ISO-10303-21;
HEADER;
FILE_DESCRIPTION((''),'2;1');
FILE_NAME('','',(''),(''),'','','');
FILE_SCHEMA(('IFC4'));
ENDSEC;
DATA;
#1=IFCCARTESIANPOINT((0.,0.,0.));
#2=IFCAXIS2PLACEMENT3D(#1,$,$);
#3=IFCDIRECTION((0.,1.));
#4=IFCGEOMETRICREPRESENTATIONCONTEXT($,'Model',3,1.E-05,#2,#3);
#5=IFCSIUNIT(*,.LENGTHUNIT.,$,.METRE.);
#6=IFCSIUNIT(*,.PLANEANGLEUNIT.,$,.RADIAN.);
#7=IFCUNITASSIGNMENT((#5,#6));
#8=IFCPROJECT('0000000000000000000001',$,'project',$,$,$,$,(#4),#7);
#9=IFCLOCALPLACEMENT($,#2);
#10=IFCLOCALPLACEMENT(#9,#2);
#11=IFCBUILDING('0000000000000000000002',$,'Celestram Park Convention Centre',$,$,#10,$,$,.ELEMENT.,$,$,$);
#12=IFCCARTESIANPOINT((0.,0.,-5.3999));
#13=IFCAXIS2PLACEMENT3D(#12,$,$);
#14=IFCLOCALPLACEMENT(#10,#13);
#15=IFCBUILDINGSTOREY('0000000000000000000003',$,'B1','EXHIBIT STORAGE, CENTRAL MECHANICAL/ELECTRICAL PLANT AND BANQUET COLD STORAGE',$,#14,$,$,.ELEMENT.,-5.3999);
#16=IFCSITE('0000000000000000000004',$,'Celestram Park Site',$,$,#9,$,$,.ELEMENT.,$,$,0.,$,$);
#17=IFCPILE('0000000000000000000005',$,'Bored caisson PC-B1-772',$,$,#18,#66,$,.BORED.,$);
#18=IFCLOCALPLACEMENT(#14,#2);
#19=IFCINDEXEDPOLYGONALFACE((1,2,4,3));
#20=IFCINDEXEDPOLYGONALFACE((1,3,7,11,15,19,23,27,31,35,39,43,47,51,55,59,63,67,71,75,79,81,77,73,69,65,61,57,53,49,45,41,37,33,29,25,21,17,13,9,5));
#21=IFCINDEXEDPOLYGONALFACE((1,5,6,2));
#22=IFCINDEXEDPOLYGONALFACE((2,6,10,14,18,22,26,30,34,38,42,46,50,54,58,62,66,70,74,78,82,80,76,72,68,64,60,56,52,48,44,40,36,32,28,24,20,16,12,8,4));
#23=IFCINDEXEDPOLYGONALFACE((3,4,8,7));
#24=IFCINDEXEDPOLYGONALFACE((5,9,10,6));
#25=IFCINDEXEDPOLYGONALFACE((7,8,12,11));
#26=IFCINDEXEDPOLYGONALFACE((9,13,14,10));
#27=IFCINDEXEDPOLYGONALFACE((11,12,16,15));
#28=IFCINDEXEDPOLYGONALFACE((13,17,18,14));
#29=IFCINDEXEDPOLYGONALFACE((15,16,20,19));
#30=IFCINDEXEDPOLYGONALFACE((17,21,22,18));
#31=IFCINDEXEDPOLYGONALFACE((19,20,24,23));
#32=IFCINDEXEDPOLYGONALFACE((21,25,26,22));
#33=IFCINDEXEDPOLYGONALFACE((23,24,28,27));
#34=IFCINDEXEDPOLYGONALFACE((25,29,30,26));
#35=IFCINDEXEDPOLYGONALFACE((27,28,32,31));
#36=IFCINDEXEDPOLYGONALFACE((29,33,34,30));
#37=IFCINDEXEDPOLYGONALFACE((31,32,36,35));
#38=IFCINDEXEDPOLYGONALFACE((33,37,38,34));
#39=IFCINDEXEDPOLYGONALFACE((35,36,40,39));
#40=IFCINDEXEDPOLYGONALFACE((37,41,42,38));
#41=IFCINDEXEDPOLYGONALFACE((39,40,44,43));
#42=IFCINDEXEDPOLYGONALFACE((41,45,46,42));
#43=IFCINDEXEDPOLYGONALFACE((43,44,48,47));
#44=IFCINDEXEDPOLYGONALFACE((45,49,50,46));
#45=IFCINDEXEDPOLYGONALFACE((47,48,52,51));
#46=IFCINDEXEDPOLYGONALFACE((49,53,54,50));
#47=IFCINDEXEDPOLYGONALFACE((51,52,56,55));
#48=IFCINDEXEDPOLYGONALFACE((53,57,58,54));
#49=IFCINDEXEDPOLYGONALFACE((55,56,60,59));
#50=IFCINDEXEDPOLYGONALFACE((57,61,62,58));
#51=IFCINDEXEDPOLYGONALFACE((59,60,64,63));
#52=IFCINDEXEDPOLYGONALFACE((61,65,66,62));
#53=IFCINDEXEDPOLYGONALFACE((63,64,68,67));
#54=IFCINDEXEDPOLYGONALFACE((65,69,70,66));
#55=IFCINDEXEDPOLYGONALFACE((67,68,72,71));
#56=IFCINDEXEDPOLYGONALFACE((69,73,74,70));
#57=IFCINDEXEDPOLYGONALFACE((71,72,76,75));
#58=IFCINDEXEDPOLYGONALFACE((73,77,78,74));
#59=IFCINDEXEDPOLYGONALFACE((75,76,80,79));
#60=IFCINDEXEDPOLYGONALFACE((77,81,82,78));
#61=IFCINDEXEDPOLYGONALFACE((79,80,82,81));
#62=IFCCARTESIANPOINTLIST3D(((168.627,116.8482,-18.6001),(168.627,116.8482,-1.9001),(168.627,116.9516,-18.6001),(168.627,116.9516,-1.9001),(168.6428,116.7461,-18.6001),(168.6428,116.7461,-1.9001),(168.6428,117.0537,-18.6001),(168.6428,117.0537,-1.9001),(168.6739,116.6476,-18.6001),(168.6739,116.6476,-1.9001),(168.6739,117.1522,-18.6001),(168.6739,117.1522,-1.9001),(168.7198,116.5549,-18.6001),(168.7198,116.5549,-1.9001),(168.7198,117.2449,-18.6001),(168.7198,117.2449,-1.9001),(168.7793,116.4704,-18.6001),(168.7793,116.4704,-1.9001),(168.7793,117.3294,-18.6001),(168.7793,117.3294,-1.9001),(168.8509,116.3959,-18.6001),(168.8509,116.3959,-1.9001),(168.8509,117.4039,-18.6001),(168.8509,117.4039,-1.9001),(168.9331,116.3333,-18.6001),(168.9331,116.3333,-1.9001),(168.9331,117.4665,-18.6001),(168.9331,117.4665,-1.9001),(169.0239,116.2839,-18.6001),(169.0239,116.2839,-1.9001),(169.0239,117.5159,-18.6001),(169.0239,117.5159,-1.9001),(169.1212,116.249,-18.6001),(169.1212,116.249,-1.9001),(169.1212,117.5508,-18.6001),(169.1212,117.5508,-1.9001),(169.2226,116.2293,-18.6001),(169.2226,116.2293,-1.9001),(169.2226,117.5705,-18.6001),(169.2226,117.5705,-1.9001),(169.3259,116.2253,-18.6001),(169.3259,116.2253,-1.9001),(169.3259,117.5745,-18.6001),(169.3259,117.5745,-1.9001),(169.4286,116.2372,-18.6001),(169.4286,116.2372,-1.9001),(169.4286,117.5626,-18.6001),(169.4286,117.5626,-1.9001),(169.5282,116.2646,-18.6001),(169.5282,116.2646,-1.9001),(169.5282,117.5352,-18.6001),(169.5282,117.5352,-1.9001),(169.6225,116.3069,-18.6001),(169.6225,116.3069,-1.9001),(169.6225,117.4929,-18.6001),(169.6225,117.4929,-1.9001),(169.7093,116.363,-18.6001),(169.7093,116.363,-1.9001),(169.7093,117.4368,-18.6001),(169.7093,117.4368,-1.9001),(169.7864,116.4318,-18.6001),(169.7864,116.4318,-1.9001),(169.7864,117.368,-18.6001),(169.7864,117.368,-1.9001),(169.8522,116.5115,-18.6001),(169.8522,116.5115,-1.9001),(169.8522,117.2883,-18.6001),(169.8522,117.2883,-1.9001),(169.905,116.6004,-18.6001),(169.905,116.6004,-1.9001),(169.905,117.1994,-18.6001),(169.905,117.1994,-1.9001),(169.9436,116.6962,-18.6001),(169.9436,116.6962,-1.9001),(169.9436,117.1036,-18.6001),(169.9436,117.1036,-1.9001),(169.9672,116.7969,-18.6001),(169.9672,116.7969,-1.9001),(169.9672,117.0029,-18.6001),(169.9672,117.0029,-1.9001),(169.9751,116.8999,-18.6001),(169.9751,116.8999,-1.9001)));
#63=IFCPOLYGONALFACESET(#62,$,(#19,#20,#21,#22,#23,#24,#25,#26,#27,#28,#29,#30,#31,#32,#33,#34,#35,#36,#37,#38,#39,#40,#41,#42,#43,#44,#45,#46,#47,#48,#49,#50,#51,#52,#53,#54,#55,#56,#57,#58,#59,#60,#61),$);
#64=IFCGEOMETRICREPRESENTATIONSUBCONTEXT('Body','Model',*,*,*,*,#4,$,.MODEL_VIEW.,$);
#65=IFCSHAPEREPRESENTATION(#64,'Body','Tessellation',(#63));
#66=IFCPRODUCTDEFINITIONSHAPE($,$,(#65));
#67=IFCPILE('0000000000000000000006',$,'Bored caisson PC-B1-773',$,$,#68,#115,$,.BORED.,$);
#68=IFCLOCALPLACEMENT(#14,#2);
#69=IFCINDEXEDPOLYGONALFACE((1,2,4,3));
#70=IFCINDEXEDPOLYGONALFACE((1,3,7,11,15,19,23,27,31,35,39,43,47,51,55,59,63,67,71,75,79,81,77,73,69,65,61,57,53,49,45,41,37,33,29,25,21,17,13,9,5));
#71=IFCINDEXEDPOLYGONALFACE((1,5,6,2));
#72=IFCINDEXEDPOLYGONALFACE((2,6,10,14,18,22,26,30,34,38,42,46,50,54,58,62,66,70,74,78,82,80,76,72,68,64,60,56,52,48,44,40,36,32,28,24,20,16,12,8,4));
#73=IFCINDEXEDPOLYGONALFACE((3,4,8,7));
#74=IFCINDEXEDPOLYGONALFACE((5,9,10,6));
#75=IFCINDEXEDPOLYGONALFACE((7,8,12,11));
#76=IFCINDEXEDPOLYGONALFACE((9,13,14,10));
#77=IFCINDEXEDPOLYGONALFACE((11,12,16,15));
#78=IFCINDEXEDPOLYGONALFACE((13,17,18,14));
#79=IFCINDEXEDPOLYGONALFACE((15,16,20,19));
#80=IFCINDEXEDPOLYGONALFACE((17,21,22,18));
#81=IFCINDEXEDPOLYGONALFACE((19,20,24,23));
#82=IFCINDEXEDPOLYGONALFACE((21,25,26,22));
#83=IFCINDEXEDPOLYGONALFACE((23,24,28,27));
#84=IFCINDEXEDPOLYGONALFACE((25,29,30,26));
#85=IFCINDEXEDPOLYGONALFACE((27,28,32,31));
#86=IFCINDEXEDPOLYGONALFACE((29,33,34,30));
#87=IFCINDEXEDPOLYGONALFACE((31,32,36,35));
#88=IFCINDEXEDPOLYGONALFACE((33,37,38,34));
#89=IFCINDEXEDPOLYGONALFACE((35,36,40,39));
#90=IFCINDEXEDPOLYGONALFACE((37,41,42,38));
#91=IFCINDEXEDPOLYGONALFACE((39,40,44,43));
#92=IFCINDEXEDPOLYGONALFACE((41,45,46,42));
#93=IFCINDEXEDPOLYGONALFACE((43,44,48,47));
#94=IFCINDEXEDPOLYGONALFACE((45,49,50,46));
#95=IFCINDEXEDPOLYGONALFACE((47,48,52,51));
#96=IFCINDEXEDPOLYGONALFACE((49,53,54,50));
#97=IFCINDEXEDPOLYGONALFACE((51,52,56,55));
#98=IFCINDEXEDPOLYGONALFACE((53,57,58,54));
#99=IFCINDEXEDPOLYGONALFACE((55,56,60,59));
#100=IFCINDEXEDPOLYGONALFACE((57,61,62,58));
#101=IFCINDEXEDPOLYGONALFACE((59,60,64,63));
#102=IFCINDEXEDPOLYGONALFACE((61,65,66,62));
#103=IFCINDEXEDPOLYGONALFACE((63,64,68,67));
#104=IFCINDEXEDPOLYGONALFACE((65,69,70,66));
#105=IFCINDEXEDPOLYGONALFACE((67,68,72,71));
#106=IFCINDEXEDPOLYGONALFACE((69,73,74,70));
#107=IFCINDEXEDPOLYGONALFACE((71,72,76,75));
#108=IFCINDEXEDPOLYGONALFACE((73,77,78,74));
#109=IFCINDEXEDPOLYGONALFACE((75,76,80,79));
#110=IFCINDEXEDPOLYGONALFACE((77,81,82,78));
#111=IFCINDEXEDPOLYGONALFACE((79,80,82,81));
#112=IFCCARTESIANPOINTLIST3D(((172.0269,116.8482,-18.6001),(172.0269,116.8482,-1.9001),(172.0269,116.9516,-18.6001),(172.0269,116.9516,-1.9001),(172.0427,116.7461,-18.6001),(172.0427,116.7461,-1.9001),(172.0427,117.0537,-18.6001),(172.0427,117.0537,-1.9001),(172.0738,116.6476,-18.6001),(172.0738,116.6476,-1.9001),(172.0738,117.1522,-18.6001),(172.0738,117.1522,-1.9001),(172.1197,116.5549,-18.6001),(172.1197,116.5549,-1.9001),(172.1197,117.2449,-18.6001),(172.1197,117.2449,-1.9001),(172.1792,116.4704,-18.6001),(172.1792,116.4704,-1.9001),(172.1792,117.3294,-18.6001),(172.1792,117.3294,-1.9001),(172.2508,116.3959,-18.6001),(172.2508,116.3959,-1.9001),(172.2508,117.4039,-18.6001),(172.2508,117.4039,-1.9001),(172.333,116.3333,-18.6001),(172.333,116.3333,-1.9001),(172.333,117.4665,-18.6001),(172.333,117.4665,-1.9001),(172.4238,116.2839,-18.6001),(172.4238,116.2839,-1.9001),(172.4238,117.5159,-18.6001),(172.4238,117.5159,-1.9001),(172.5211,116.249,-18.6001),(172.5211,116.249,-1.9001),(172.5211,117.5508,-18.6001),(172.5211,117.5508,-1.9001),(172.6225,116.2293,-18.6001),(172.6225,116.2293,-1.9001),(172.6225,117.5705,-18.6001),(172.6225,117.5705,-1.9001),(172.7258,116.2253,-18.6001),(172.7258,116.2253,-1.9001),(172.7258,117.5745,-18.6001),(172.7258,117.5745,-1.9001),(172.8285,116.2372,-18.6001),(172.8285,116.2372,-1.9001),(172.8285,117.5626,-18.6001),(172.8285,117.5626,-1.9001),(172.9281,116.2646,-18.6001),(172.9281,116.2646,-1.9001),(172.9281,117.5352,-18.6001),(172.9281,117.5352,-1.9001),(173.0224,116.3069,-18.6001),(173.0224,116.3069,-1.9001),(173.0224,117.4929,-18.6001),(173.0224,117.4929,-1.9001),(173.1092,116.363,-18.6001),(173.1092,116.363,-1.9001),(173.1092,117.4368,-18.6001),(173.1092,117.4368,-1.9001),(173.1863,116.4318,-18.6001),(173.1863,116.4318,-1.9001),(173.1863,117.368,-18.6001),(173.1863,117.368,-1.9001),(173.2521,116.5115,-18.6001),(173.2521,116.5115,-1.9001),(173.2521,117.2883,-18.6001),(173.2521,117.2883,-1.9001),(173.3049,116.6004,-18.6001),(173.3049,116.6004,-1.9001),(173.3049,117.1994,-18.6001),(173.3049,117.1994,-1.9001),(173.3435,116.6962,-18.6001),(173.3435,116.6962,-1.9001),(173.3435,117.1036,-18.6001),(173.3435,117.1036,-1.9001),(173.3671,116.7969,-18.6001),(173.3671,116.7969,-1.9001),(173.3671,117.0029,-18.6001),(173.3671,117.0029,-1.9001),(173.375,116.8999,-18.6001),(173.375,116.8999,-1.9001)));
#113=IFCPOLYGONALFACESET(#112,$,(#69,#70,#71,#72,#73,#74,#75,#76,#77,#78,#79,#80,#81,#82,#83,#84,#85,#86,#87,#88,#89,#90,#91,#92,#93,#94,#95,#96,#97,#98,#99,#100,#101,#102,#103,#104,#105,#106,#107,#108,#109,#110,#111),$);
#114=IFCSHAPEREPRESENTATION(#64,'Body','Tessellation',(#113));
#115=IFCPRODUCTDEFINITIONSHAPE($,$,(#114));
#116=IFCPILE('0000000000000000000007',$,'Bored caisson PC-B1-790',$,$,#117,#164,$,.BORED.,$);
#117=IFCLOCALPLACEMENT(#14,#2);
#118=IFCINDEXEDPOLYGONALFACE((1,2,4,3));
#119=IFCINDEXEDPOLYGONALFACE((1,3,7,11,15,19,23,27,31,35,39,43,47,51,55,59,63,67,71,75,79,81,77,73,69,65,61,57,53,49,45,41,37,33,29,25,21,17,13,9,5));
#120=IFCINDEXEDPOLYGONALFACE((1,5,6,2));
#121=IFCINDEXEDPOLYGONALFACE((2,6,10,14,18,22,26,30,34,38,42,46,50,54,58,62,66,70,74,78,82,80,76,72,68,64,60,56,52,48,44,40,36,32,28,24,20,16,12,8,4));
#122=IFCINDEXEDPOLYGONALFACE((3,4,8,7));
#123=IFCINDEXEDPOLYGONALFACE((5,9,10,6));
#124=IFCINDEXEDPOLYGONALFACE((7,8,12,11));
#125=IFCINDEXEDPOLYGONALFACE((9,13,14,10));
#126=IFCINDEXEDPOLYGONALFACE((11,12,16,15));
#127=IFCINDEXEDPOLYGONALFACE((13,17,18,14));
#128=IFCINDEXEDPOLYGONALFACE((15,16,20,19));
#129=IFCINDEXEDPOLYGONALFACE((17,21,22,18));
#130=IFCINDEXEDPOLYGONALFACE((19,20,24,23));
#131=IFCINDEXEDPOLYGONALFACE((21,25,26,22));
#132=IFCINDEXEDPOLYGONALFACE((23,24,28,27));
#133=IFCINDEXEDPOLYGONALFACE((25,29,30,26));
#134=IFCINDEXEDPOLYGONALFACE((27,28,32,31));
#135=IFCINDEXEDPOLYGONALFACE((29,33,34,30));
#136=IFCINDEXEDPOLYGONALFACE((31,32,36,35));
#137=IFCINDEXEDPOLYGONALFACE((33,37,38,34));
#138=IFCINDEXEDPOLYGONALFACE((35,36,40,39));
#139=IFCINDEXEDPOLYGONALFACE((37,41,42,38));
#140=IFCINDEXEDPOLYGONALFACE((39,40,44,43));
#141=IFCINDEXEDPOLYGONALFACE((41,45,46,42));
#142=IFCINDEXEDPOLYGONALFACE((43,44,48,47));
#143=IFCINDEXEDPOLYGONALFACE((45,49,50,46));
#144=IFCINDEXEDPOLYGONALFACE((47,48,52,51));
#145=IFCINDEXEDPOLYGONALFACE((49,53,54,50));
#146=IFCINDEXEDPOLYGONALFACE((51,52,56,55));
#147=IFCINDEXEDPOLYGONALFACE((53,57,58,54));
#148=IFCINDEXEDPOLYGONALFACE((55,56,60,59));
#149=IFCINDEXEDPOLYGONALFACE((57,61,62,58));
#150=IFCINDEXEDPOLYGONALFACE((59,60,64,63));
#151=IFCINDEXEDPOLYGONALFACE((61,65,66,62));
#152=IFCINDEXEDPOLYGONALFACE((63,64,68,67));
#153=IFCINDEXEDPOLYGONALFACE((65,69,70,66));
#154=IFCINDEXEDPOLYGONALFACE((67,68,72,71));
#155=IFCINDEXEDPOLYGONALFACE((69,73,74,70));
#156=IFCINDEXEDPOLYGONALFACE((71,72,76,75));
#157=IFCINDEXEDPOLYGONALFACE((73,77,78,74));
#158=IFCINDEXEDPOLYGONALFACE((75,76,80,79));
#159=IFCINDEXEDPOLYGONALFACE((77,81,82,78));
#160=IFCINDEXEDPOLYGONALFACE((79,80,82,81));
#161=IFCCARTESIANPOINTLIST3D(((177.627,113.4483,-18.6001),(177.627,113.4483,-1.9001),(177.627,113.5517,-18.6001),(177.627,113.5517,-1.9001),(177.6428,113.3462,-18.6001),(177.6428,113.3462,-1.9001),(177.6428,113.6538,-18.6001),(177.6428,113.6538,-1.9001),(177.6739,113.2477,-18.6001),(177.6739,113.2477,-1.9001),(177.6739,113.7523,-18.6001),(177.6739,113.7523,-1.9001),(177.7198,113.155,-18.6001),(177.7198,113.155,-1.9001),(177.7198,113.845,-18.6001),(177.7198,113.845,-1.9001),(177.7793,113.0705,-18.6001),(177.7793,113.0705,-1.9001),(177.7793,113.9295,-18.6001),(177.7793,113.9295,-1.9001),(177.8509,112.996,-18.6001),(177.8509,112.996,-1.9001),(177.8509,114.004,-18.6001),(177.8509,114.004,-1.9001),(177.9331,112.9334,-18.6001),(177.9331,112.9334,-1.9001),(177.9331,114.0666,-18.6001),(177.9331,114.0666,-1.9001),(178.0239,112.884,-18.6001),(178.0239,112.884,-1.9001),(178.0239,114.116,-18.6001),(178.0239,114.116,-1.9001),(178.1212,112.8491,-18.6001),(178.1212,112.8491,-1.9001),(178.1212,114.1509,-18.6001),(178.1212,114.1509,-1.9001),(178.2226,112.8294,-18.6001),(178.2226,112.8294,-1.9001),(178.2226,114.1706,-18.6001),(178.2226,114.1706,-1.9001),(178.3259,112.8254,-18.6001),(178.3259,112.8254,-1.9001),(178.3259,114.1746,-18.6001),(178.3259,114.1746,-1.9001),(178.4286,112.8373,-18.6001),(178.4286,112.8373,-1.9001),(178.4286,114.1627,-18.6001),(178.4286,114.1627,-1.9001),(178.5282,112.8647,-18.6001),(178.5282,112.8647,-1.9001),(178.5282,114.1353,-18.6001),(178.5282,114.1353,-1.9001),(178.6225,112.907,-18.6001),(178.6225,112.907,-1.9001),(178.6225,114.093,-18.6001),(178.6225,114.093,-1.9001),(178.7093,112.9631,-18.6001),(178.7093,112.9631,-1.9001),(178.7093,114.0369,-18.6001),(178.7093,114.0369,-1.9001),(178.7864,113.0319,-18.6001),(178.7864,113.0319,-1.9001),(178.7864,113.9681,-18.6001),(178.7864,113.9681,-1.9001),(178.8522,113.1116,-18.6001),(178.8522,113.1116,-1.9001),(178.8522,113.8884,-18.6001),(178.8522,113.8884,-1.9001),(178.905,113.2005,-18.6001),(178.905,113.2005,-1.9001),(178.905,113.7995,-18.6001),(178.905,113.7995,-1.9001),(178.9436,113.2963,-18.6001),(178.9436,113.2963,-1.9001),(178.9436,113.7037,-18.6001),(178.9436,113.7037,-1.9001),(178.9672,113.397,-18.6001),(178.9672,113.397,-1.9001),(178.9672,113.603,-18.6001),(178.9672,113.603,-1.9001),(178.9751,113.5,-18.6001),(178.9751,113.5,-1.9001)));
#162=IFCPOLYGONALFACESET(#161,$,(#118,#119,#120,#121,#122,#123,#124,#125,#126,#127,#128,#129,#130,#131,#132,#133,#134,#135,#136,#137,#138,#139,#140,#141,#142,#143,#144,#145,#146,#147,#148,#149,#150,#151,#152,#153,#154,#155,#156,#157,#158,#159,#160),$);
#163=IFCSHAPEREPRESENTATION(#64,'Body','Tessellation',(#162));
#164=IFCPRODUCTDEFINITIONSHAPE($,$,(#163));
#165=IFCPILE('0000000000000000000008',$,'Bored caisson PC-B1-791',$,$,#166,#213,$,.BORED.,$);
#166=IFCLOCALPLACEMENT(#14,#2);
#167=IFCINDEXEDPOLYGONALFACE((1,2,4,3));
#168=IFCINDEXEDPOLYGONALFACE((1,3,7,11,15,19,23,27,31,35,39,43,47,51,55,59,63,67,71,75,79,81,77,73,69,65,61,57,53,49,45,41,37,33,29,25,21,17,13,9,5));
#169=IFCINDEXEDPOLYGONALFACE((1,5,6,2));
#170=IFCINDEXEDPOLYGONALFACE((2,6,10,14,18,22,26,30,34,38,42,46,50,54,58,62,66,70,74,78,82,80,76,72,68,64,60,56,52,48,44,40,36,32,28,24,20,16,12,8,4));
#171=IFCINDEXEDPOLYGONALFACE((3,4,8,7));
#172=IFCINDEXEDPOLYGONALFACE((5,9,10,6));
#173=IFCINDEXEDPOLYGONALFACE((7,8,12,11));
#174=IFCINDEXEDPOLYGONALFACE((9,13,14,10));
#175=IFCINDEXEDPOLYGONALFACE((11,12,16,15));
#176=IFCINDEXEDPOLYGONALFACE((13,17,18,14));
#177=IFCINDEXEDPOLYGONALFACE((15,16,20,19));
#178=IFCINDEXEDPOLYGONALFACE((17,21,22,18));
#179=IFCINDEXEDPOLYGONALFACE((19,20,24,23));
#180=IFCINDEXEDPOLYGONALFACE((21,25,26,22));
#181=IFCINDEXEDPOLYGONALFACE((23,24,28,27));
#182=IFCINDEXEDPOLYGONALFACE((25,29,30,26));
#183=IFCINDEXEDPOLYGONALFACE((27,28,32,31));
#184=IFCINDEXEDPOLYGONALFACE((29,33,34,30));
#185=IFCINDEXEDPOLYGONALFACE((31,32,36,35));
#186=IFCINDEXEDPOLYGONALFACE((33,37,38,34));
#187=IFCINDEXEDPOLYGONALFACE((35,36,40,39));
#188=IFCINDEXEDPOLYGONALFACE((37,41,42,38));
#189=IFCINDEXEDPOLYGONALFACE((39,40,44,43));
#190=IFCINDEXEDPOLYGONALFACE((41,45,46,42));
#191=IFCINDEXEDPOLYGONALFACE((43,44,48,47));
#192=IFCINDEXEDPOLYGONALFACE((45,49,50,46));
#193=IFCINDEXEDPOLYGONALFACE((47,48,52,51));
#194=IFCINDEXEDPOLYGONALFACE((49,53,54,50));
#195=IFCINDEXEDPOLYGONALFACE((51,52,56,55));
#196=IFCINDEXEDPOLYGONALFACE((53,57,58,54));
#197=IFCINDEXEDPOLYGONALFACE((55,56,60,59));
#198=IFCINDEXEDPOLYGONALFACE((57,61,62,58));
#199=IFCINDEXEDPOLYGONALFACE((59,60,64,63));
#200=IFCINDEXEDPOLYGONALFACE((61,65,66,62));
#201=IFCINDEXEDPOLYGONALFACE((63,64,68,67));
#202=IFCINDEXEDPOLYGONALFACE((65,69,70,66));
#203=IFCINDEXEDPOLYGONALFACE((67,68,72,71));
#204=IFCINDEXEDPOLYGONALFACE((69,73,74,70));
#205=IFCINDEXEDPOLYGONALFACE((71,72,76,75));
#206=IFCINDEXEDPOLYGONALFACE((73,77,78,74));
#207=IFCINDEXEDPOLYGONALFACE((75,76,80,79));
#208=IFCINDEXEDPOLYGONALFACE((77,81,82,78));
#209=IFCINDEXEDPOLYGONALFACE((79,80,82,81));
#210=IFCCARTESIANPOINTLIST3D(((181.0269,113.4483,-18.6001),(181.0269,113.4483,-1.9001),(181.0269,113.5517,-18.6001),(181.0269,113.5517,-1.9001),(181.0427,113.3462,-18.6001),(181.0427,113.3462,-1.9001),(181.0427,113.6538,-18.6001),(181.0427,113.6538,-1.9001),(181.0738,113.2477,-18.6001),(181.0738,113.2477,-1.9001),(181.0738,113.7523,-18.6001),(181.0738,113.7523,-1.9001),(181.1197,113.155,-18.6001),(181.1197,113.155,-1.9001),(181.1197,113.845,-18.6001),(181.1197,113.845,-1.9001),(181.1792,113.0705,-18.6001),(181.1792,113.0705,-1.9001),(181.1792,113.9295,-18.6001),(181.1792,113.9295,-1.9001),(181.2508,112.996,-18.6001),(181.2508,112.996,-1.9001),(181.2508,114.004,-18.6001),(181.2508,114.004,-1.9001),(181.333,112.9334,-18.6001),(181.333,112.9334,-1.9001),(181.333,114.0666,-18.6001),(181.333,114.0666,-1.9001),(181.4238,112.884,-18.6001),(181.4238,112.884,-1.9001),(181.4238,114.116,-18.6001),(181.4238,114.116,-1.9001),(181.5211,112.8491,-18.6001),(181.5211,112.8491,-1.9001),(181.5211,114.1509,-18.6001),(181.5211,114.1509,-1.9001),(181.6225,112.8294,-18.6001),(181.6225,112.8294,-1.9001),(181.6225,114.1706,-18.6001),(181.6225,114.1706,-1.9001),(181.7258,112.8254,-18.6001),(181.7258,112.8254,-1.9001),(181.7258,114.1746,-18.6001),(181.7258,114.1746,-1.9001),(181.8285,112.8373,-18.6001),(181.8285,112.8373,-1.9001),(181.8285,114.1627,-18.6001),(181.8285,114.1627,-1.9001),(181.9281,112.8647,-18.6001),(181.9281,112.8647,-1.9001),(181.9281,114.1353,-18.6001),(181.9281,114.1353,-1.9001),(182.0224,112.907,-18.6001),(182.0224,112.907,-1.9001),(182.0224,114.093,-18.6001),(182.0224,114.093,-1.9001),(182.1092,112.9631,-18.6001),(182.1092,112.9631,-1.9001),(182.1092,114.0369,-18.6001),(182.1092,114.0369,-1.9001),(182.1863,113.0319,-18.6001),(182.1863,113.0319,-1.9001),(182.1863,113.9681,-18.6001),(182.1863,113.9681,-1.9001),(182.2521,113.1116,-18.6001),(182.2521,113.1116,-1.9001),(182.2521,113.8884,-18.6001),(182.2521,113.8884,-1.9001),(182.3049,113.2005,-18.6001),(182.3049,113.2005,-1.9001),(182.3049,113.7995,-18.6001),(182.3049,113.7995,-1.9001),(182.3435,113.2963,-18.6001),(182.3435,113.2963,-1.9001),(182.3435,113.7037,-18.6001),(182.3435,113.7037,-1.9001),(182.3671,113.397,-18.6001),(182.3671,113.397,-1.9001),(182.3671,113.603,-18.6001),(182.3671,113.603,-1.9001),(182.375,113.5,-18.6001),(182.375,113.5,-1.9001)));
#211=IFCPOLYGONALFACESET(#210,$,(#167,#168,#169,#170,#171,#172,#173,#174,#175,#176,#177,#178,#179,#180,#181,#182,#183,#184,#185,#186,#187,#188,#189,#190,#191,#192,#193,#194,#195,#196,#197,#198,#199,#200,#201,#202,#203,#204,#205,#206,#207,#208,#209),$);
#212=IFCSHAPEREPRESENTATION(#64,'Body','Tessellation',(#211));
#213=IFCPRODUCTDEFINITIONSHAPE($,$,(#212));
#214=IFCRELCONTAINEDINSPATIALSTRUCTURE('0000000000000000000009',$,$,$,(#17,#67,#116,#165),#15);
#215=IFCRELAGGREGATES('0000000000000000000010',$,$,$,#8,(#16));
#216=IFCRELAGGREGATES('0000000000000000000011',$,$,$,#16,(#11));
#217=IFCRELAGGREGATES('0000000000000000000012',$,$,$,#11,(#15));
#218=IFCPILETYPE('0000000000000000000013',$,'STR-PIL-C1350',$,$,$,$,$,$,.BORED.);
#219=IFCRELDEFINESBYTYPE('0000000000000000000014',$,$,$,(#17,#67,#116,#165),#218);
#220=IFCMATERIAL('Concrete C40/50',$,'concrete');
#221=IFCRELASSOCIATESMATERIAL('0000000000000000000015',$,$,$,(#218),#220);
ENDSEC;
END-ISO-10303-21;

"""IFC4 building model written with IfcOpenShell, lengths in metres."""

from ifc_helpers import new_model, si_unit, direction, frame, origin, origin_2d, place, context, subcontext, project, spatial, circle, extrude, material, material_profile, profile_set, type_object, element, save


model = new_model("IFC4")

# Units and contexts
model_context = context("Model", 3, precision=1e-05, world=origin(), true_north=direction((0.0, 1.0)))
body_context = subcontext(model_context, "Body", "Model", "MODEL_VIEW")
ifc_project = project(units=[si_unit("LENGTHUNIT", "METRE"), si_unit("PLANEANGLEUNIT", "RADIAN")], contexts=[model_context])

# Site, building, storey
site_placement = place(None, origin())
site = spatial("IfcSite", under=ifc_project, at=site_placement, Name="Celestram Park Site", CompositionType="ELEMENT", RefElevation=0.0)
building_placement = place(site_placement, origin())
building = spatial("IfcBuilding", under=site, at=building_placement, Name="Celestram Park Convention Centre", CompositionType="ELEMENT")
storey_placement = place(building_placement, frame((0.0, 0.0, -5.3999)))
storey = spatial("IfcBuildingStorey", under=building, at=storey_placement, Name="B1", Description="EXHIBIT STORAGE, CENTRAL MECHANICAL/ELECTRICAL PLANT AND BANQUET COLD STORAGE", CompositionType="ELEMENT", Elevation=-5.3999)

# Shared definitions
ifc_material_1 = material(Name="Concrete C40/50", Category="concrete")

# Piles
ifc_material_profile_1 = material_profile(ifc_material_1, circle(Radius=0.675, at=origin_2d()), Name="CAISSON1350")
ifc_profile_set_1 = profile_set([ifc_material_profile_1], Name="Concrete C40/50")
pile_type_1 = type_object("IfcPileType", Name="STR-PIL-C1350", PredefinedType="BORED", material=ifc_profile_set_1)
for number, where, z_axis, x_axis, name in (
    (1, (169.3, 116.8999, -1.9001), (0.0, 0.0, -1.0), (1.0, 0.0, 0.0), "Bored caisson PC-B1-772"),
    (2, (172.7, 116.8999, -1.9001), (0.0, 0.0, -1.0), (1.0, 0.0, 0.0), "Bored caisson PC-B1-773"),
    (3, (178.3, 113.5, -1.9001), (0.0, 0.0, -1.0), (1.0, 0.0, 0.0), "Bored caisson PC-B1-790"),
    (4, (181.7, 113.5, -1.9001), (0.0, 0.0, -1.0), (1.0, 0.0, 0.0), "Bored caisson PC-B1-791"),
):
    element("IfcPile", number, at=place(storey_placement, frame(where, z_axis=z_axis, x_axis=x_axis)), inside=storey, type_object=pile_type_1, Name=name, PredefinedType="BORED", context=body_context, shape_type="SweptSolid", body=[
        extrude(circle(Radius=0.675, at=origin_2d()), origin(), (0.0, 0.0, 1.0), 16.7),
    ])

save(model, "model.ifc")
